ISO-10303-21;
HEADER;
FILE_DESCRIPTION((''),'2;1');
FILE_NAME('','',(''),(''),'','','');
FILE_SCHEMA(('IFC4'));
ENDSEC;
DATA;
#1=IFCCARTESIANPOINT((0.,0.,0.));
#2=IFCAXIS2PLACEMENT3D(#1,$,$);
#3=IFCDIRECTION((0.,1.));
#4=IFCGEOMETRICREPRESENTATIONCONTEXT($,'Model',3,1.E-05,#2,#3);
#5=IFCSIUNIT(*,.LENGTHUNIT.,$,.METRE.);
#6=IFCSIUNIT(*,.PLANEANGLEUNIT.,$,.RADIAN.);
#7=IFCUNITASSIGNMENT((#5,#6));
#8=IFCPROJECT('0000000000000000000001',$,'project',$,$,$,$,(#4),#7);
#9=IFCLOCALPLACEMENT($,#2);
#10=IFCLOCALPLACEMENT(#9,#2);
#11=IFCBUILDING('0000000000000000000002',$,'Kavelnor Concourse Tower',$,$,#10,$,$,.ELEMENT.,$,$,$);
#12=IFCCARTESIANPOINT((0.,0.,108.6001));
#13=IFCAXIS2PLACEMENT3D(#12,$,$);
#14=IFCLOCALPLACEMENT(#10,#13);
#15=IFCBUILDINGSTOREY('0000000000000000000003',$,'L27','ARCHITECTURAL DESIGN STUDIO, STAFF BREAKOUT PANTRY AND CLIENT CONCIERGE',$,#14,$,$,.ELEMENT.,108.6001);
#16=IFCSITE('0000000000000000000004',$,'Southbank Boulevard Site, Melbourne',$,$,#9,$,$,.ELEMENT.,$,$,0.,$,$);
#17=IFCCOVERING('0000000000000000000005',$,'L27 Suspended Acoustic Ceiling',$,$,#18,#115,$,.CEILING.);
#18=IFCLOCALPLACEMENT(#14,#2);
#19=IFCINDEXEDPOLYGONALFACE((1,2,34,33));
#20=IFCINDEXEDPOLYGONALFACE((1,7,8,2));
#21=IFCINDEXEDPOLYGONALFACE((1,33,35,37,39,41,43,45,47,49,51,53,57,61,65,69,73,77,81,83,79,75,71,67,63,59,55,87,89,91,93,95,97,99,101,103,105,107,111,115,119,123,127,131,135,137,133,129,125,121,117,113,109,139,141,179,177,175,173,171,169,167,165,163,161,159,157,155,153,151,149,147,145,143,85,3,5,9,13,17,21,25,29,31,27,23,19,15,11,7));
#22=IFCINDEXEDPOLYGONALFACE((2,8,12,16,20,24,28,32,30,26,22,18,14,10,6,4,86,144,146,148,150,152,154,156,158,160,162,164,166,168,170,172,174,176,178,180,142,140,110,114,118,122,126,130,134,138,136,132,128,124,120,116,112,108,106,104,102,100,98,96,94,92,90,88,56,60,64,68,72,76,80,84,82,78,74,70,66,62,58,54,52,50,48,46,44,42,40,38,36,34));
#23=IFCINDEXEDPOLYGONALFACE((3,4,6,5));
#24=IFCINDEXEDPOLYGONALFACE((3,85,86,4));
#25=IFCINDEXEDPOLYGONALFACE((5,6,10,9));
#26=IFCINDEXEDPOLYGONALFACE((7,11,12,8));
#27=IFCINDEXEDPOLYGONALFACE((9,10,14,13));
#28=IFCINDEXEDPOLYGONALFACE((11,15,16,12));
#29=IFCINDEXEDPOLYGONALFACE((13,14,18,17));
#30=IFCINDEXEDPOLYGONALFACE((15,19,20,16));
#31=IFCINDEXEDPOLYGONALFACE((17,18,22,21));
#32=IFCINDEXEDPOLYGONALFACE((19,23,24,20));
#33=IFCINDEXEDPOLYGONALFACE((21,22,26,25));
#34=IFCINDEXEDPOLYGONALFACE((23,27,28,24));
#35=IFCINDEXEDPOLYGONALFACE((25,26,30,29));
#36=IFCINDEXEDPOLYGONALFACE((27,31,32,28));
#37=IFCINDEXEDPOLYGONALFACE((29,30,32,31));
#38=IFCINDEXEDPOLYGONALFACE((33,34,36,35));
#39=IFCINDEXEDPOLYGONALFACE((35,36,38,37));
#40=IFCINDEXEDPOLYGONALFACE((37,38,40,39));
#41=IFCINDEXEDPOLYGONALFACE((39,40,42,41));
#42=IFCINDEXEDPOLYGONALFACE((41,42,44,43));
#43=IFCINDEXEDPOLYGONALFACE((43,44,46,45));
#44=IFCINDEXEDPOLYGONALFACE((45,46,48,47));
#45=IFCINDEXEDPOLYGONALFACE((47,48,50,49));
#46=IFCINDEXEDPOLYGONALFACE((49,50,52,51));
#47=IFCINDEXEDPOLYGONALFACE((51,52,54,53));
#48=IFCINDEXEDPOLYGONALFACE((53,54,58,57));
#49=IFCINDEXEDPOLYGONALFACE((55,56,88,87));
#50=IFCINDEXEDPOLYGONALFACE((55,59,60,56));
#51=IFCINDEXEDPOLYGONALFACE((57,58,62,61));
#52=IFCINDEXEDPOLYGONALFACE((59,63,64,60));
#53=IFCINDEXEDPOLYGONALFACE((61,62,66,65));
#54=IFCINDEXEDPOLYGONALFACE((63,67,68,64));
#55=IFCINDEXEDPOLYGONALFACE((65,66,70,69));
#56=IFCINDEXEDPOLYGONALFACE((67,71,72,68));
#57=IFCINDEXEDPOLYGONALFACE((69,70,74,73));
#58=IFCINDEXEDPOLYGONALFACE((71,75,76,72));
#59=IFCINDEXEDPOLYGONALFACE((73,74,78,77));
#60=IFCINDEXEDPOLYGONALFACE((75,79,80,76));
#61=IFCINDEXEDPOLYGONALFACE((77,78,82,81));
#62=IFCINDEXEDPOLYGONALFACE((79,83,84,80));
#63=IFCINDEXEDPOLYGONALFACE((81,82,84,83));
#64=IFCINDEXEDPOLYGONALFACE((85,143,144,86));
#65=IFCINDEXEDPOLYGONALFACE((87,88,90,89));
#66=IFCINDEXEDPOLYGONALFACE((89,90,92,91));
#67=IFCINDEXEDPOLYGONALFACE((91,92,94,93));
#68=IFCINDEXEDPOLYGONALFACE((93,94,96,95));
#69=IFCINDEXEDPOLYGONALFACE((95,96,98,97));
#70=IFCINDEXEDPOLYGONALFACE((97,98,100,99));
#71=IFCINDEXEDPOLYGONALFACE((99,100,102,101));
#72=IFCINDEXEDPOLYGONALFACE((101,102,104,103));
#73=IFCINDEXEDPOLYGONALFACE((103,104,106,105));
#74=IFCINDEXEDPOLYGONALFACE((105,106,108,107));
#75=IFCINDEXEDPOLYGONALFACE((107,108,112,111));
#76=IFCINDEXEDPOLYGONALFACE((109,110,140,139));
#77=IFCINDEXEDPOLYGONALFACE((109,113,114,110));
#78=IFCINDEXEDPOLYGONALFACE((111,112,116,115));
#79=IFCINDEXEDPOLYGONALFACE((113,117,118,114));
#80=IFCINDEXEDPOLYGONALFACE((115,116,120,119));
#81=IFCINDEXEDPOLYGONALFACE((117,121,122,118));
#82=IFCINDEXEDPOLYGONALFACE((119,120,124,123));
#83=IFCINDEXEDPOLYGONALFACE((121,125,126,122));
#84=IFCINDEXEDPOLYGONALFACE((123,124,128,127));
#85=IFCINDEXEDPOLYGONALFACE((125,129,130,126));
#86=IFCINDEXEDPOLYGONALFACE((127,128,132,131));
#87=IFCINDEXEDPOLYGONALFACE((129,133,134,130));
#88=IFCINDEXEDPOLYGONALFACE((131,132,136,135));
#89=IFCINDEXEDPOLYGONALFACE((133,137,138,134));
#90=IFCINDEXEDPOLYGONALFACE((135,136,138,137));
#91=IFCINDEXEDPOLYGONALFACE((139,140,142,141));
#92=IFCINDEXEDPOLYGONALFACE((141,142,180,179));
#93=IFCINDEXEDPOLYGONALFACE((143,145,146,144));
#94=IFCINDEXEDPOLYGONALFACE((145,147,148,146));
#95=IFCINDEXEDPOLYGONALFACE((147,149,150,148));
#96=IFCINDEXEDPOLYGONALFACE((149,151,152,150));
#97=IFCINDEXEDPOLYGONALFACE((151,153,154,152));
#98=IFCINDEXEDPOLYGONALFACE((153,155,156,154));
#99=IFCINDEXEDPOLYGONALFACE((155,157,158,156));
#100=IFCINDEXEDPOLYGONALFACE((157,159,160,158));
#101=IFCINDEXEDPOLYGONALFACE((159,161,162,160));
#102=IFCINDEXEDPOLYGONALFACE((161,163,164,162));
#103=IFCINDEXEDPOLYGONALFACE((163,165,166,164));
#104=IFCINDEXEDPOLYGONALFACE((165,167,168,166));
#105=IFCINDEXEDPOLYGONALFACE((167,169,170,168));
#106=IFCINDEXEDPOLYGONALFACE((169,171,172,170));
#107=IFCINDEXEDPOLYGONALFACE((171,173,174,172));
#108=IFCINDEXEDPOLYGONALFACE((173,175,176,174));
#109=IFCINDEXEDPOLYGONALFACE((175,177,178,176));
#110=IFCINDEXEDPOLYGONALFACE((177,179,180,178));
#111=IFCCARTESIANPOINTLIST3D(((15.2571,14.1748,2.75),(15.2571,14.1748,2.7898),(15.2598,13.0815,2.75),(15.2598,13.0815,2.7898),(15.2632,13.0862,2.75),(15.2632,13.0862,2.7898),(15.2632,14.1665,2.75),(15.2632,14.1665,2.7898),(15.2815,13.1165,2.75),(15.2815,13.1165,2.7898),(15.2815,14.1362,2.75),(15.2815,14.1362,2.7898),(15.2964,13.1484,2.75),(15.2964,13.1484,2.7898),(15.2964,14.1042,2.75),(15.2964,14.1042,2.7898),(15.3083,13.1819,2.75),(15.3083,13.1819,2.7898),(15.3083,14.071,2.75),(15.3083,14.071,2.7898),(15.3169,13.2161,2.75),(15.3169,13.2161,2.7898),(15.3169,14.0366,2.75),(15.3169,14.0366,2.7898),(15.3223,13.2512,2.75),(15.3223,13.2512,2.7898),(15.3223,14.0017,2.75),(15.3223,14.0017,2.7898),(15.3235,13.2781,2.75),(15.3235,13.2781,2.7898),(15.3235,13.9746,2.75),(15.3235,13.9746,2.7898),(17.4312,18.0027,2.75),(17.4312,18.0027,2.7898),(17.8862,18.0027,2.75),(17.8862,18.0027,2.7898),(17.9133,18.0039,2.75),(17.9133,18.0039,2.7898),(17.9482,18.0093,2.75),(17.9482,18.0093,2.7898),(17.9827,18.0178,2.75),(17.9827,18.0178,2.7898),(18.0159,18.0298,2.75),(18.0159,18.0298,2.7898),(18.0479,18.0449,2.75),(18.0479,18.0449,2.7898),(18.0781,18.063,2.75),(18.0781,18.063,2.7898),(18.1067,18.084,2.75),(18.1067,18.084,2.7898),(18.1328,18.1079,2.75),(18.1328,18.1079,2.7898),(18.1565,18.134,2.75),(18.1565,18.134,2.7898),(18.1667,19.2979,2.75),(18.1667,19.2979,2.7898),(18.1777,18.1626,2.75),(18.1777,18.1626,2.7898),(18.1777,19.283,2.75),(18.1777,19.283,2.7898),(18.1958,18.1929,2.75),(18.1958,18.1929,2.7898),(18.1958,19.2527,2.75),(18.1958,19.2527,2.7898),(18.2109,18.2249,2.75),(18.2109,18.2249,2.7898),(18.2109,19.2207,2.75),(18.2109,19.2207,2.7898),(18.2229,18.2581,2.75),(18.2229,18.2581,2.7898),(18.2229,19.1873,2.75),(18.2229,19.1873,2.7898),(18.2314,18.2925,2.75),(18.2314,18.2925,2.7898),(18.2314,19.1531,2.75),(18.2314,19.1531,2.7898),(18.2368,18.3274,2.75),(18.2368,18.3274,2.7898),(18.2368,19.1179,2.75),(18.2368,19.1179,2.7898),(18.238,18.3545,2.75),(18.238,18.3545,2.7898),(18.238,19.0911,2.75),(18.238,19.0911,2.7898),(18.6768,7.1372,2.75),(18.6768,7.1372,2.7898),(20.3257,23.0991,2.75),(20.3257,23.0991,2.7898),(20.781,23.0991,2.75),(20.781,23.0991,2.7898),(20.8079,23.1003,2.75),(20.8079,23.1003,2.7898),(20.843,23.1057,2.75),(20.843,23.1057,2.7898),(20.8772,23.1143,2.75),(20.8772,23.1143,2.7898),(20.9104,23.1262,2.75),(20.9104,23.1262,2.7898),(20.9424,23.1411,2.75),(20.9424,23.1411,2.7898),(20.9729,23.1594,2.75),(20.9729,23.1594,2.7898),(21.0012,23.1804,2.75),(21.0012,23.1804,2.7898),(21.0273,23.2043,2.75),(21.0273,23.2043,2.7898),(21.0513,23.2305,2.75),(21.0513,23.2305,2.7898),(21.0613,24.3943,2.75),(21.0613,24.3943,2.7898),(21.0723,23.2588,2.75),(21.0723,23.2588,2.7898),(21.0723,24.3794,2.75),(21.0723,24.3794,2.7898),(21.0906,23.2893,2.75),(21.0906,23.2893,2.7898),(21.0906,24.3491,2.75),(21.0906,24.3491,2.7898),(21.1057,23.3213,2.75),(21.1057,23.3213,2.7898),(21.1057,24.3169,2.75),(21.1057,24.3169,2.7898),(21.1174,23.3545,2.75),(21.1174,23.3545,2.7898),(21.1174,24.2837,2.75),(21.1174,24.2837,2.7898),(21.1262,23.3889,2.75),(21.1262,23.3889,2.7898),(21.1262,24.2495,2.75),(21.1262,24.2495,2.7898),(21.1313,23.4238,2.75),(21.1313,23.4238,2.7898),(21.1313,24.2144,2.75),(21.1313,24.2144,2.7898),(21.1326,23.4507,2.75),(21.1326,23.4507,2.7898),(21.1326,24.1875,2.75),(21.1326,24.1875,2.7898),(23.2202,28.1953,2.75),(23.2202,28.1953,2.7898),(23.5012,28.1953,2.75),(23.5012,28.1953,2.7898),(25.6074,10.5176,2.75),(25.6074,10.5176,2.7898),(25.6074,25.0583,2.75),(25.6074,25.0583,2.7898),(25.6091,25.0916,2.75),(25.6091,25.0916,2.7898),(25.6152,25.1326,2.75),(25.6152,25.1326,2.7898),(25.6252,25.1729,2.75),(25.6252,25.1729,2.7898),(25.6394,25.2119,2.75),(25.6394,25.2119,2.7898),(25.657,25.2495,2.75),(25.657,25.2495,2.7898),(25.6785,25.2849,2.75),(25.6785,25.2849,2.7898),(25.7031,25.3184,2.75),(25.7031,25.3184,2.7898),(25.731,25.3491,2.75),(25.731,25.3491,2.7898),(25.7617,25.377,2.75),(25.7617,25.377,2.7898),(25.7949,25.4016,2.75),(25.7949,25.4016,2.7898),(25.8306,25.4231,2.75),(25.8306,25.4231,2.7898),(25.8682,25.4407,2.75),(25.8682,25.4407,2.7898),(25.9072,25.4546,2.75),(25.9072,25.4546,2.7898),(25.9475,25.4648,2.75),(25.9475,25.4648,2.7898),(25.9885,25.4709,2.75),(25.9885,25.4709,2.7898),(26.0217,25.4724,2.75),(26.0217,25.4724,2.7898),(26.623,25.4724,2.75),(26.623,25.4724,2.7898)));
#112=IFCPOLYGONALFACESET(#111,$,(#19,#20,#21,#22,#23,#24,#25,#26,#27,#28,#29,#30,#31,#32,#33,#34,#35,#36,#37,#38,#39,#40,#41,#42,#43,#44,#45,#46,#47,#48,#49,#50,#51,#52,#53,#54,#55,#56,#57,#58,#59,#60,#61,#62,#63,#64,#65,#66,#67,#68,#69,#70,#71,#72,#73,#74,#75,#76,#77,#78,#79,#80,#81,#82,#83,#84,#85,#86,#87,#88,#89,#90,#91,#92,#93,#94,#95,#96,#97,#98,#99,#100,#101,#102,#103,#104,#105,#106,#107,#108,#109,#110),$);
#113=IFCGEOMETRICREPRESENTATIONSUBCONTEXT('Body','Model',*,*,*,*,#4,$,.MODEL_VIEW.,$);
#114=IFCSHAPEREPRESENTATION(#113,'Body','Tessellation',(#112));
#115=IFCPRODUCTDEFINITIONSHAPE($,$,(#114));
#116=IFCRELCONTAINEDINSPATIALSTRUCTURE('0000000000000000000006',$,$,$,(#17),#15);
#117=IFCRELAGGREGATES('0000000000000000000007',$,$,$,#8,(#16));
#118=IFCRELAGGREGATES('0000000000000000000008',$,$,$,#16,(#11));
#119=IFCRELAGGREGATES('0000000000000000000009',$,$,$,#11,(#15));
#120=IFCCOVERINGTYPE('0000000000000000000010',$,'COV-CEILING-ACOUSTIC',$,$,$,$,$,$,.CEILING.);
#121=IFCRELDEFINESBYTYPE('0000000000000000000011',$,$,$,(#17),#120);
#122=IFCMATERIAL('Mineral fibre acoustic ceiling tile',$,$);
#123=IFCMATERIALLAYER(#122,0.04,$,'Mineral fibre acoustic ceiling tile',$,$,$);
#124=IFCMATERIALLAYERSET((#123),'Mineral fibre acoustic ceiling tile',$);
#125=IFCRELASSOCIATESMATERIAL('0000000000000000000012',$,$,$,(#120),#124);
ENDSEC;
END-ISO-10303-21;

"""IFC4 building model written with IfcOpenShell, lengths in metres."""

from ifc_helpers import new_model, si_unit, direction, frame, origin, place, context, subcontext, project, spatial, polyline, outline, extrude, material, layer, layer_set, type_object, element, save


model = new_model("IFC4")

# Units and contexts
model_context = context("Model", 3, precision=1e-05, world=origin(), true_north=direction((0.0, 1.0)))
body_context = subcontext(model_context, "Body", "Model", "MODEL_VIEW")
ifc_project = project(units=[si_unit("LENGTHUNIT", "METRE"), si_unit("PLANEANGLEUNIT", "RADIAN")], contexts=[model_context])

# Site, building, storey
site_placement = place(None, origin())
site = spatial("IfcSite", under=ifc_project, at=site_placement, Name="Southbank Boulevard Site, Melbourne", CompositionType="ELEMENT", RefElevation=0.0)
building_placement = place(site_placement, origin())
building = spatial("IfcBuilding", under=site, at=building_placement, Name="Kavelnor Concourse Tower", CompositionType="ELEMENT")
storey_placement = place(building_placement, frame((0.0, 0.0, 108.6001)))
storey = spatial("IfcBuildingStorey", under=building, at=storey_placement, Name="L27", Description="ARCHITECTURAL DESIGN STUDIO, STAFF BREAKOUT PANTRY AND CLIENT CONCIERGE", CompositionType="ELEMENT", Elevation=108.6001)

# Covering
ifc_material_1 = material(Name="Mineral fibre acoustic ceiling tile")
ifc_layer_1 = layer(ifc_material_1, 0.04, Name="Mineral fibre acoustic ceiling tile")
ifc_layer_set_1 = layer_set([ifc_layer_1], Name="Mineral fibre acoustic ceiling tile")
covering_type_1 = type_object("IfcCoveringType", Name="COV-CEILING-ACOUSTIC", PredefinedType="CEILING", material=ifc_layer_set_1)
covering_1_placement = place(storey_placement, frame((0.0, 0.0, 2.75)))
element("IfcCovering", 1, at=covering_1_placement, inside=storey, type_object=covering_type_1, Name="L27 Suspended Acoustic Ceiling", PredefinedType="CEILING", context=body_context, shape_type="SweptSolid", body=[
    extrude(outline(polyline([(17.4312, 18.0027), (17.8862, 18.0027), (17.9133, 18.0039), (17.9482, 18.0093), (17.9827, 18.0178), (18.0159, 18.0298), (18.0479, 18.0449), (18.0781, 18.063), (18.1067, 18.084), (18.1328, 18.1079), (18.1565, 18.134), (18.1777, 18.1626), (18.1958, 18.1929), (18.2109, 18.2249), (18.2229, 18.2581), (18.2314, 18.2925), (18.2368, 18.3274), (18.238, 18.3545), (18.238, 19.0911), (18.2368, 19.1179), (18.2314, 19.1531), (18.2229, 19.1873), (18.2109, 19.2207), (18.1958, 19.2527), (18.1777, 19.283), (18.1667, 19.2979), (20.3257, 23.0991), (20.781, 23.0991), (20.8079, 23.1003), (20.843, 23.1057), (20.8772, 23.1143), (20.9104, 23.1262), (20.9424, 23.1411), (20.9729, 23.1594), (21.0012, 23.1804), (21.0273, 23.2043), (21.0513, 23.2305), (21.0723, 23.2588), (21.0906, 23.2893), (21.1057, 23.3213), (21.1174, 23.3545), (21.1262, 23.3889), (21.1313, 23.4238), (21.1326, 23.4507), (21.1326, 24.1875), (21.1313, 24.2144), (21.1262, 24.2495), (21.1174, 24.2837), (21.1057, 24.3169), (21.0906, 24.3491), (21.0723, 24.3794), (21.0613, 24.3943), (23.2202, 28.1953), (23.5012, 28.1953), (26.623, 25.4724), (26.0217, 25.4724), (25.9885, 25.4709), (25.9475, 25.4648), (25.9072, 25.4546), (25.8682, 25.4407), (25.8306, 25.4231), (25.7949, 25.4016), (25.7617, 25.377), (25.731, 25.3491), (25.7031, 25.3184), (25.6785, 25.2849), (25.657, 25.2495), (25.6394, 25.2119), (25.6252, 25.1729), (25.6152, 25.1326), (25.6091, 25.0916), (25.6074, 25.0583), (25.6074, 10.5176), (18.6768, 7.1372), (15.2598, 13.0815), (15.2632, 13.0862), (15.2815, 13.1165), (15.2964, 13.1484), (15.3083, 13.1819), (15.3169, 13.2161), (15.3223, 13.2512), (15.3235, 13.2781), (15.3235, 13.9746), (15.3223, 14.0017), (15.3169, 14.0366), (15.3083, 14.071), (15.2964, 14.1042), (15.2815, 14.1362), (15.2632, 14.1665), (15.2571, 14.1748), (17.4312, 18.0027)])), origin(), (0.0, 0.0, 1.0), 0.0398),
])

save(model, "model.ifc")
